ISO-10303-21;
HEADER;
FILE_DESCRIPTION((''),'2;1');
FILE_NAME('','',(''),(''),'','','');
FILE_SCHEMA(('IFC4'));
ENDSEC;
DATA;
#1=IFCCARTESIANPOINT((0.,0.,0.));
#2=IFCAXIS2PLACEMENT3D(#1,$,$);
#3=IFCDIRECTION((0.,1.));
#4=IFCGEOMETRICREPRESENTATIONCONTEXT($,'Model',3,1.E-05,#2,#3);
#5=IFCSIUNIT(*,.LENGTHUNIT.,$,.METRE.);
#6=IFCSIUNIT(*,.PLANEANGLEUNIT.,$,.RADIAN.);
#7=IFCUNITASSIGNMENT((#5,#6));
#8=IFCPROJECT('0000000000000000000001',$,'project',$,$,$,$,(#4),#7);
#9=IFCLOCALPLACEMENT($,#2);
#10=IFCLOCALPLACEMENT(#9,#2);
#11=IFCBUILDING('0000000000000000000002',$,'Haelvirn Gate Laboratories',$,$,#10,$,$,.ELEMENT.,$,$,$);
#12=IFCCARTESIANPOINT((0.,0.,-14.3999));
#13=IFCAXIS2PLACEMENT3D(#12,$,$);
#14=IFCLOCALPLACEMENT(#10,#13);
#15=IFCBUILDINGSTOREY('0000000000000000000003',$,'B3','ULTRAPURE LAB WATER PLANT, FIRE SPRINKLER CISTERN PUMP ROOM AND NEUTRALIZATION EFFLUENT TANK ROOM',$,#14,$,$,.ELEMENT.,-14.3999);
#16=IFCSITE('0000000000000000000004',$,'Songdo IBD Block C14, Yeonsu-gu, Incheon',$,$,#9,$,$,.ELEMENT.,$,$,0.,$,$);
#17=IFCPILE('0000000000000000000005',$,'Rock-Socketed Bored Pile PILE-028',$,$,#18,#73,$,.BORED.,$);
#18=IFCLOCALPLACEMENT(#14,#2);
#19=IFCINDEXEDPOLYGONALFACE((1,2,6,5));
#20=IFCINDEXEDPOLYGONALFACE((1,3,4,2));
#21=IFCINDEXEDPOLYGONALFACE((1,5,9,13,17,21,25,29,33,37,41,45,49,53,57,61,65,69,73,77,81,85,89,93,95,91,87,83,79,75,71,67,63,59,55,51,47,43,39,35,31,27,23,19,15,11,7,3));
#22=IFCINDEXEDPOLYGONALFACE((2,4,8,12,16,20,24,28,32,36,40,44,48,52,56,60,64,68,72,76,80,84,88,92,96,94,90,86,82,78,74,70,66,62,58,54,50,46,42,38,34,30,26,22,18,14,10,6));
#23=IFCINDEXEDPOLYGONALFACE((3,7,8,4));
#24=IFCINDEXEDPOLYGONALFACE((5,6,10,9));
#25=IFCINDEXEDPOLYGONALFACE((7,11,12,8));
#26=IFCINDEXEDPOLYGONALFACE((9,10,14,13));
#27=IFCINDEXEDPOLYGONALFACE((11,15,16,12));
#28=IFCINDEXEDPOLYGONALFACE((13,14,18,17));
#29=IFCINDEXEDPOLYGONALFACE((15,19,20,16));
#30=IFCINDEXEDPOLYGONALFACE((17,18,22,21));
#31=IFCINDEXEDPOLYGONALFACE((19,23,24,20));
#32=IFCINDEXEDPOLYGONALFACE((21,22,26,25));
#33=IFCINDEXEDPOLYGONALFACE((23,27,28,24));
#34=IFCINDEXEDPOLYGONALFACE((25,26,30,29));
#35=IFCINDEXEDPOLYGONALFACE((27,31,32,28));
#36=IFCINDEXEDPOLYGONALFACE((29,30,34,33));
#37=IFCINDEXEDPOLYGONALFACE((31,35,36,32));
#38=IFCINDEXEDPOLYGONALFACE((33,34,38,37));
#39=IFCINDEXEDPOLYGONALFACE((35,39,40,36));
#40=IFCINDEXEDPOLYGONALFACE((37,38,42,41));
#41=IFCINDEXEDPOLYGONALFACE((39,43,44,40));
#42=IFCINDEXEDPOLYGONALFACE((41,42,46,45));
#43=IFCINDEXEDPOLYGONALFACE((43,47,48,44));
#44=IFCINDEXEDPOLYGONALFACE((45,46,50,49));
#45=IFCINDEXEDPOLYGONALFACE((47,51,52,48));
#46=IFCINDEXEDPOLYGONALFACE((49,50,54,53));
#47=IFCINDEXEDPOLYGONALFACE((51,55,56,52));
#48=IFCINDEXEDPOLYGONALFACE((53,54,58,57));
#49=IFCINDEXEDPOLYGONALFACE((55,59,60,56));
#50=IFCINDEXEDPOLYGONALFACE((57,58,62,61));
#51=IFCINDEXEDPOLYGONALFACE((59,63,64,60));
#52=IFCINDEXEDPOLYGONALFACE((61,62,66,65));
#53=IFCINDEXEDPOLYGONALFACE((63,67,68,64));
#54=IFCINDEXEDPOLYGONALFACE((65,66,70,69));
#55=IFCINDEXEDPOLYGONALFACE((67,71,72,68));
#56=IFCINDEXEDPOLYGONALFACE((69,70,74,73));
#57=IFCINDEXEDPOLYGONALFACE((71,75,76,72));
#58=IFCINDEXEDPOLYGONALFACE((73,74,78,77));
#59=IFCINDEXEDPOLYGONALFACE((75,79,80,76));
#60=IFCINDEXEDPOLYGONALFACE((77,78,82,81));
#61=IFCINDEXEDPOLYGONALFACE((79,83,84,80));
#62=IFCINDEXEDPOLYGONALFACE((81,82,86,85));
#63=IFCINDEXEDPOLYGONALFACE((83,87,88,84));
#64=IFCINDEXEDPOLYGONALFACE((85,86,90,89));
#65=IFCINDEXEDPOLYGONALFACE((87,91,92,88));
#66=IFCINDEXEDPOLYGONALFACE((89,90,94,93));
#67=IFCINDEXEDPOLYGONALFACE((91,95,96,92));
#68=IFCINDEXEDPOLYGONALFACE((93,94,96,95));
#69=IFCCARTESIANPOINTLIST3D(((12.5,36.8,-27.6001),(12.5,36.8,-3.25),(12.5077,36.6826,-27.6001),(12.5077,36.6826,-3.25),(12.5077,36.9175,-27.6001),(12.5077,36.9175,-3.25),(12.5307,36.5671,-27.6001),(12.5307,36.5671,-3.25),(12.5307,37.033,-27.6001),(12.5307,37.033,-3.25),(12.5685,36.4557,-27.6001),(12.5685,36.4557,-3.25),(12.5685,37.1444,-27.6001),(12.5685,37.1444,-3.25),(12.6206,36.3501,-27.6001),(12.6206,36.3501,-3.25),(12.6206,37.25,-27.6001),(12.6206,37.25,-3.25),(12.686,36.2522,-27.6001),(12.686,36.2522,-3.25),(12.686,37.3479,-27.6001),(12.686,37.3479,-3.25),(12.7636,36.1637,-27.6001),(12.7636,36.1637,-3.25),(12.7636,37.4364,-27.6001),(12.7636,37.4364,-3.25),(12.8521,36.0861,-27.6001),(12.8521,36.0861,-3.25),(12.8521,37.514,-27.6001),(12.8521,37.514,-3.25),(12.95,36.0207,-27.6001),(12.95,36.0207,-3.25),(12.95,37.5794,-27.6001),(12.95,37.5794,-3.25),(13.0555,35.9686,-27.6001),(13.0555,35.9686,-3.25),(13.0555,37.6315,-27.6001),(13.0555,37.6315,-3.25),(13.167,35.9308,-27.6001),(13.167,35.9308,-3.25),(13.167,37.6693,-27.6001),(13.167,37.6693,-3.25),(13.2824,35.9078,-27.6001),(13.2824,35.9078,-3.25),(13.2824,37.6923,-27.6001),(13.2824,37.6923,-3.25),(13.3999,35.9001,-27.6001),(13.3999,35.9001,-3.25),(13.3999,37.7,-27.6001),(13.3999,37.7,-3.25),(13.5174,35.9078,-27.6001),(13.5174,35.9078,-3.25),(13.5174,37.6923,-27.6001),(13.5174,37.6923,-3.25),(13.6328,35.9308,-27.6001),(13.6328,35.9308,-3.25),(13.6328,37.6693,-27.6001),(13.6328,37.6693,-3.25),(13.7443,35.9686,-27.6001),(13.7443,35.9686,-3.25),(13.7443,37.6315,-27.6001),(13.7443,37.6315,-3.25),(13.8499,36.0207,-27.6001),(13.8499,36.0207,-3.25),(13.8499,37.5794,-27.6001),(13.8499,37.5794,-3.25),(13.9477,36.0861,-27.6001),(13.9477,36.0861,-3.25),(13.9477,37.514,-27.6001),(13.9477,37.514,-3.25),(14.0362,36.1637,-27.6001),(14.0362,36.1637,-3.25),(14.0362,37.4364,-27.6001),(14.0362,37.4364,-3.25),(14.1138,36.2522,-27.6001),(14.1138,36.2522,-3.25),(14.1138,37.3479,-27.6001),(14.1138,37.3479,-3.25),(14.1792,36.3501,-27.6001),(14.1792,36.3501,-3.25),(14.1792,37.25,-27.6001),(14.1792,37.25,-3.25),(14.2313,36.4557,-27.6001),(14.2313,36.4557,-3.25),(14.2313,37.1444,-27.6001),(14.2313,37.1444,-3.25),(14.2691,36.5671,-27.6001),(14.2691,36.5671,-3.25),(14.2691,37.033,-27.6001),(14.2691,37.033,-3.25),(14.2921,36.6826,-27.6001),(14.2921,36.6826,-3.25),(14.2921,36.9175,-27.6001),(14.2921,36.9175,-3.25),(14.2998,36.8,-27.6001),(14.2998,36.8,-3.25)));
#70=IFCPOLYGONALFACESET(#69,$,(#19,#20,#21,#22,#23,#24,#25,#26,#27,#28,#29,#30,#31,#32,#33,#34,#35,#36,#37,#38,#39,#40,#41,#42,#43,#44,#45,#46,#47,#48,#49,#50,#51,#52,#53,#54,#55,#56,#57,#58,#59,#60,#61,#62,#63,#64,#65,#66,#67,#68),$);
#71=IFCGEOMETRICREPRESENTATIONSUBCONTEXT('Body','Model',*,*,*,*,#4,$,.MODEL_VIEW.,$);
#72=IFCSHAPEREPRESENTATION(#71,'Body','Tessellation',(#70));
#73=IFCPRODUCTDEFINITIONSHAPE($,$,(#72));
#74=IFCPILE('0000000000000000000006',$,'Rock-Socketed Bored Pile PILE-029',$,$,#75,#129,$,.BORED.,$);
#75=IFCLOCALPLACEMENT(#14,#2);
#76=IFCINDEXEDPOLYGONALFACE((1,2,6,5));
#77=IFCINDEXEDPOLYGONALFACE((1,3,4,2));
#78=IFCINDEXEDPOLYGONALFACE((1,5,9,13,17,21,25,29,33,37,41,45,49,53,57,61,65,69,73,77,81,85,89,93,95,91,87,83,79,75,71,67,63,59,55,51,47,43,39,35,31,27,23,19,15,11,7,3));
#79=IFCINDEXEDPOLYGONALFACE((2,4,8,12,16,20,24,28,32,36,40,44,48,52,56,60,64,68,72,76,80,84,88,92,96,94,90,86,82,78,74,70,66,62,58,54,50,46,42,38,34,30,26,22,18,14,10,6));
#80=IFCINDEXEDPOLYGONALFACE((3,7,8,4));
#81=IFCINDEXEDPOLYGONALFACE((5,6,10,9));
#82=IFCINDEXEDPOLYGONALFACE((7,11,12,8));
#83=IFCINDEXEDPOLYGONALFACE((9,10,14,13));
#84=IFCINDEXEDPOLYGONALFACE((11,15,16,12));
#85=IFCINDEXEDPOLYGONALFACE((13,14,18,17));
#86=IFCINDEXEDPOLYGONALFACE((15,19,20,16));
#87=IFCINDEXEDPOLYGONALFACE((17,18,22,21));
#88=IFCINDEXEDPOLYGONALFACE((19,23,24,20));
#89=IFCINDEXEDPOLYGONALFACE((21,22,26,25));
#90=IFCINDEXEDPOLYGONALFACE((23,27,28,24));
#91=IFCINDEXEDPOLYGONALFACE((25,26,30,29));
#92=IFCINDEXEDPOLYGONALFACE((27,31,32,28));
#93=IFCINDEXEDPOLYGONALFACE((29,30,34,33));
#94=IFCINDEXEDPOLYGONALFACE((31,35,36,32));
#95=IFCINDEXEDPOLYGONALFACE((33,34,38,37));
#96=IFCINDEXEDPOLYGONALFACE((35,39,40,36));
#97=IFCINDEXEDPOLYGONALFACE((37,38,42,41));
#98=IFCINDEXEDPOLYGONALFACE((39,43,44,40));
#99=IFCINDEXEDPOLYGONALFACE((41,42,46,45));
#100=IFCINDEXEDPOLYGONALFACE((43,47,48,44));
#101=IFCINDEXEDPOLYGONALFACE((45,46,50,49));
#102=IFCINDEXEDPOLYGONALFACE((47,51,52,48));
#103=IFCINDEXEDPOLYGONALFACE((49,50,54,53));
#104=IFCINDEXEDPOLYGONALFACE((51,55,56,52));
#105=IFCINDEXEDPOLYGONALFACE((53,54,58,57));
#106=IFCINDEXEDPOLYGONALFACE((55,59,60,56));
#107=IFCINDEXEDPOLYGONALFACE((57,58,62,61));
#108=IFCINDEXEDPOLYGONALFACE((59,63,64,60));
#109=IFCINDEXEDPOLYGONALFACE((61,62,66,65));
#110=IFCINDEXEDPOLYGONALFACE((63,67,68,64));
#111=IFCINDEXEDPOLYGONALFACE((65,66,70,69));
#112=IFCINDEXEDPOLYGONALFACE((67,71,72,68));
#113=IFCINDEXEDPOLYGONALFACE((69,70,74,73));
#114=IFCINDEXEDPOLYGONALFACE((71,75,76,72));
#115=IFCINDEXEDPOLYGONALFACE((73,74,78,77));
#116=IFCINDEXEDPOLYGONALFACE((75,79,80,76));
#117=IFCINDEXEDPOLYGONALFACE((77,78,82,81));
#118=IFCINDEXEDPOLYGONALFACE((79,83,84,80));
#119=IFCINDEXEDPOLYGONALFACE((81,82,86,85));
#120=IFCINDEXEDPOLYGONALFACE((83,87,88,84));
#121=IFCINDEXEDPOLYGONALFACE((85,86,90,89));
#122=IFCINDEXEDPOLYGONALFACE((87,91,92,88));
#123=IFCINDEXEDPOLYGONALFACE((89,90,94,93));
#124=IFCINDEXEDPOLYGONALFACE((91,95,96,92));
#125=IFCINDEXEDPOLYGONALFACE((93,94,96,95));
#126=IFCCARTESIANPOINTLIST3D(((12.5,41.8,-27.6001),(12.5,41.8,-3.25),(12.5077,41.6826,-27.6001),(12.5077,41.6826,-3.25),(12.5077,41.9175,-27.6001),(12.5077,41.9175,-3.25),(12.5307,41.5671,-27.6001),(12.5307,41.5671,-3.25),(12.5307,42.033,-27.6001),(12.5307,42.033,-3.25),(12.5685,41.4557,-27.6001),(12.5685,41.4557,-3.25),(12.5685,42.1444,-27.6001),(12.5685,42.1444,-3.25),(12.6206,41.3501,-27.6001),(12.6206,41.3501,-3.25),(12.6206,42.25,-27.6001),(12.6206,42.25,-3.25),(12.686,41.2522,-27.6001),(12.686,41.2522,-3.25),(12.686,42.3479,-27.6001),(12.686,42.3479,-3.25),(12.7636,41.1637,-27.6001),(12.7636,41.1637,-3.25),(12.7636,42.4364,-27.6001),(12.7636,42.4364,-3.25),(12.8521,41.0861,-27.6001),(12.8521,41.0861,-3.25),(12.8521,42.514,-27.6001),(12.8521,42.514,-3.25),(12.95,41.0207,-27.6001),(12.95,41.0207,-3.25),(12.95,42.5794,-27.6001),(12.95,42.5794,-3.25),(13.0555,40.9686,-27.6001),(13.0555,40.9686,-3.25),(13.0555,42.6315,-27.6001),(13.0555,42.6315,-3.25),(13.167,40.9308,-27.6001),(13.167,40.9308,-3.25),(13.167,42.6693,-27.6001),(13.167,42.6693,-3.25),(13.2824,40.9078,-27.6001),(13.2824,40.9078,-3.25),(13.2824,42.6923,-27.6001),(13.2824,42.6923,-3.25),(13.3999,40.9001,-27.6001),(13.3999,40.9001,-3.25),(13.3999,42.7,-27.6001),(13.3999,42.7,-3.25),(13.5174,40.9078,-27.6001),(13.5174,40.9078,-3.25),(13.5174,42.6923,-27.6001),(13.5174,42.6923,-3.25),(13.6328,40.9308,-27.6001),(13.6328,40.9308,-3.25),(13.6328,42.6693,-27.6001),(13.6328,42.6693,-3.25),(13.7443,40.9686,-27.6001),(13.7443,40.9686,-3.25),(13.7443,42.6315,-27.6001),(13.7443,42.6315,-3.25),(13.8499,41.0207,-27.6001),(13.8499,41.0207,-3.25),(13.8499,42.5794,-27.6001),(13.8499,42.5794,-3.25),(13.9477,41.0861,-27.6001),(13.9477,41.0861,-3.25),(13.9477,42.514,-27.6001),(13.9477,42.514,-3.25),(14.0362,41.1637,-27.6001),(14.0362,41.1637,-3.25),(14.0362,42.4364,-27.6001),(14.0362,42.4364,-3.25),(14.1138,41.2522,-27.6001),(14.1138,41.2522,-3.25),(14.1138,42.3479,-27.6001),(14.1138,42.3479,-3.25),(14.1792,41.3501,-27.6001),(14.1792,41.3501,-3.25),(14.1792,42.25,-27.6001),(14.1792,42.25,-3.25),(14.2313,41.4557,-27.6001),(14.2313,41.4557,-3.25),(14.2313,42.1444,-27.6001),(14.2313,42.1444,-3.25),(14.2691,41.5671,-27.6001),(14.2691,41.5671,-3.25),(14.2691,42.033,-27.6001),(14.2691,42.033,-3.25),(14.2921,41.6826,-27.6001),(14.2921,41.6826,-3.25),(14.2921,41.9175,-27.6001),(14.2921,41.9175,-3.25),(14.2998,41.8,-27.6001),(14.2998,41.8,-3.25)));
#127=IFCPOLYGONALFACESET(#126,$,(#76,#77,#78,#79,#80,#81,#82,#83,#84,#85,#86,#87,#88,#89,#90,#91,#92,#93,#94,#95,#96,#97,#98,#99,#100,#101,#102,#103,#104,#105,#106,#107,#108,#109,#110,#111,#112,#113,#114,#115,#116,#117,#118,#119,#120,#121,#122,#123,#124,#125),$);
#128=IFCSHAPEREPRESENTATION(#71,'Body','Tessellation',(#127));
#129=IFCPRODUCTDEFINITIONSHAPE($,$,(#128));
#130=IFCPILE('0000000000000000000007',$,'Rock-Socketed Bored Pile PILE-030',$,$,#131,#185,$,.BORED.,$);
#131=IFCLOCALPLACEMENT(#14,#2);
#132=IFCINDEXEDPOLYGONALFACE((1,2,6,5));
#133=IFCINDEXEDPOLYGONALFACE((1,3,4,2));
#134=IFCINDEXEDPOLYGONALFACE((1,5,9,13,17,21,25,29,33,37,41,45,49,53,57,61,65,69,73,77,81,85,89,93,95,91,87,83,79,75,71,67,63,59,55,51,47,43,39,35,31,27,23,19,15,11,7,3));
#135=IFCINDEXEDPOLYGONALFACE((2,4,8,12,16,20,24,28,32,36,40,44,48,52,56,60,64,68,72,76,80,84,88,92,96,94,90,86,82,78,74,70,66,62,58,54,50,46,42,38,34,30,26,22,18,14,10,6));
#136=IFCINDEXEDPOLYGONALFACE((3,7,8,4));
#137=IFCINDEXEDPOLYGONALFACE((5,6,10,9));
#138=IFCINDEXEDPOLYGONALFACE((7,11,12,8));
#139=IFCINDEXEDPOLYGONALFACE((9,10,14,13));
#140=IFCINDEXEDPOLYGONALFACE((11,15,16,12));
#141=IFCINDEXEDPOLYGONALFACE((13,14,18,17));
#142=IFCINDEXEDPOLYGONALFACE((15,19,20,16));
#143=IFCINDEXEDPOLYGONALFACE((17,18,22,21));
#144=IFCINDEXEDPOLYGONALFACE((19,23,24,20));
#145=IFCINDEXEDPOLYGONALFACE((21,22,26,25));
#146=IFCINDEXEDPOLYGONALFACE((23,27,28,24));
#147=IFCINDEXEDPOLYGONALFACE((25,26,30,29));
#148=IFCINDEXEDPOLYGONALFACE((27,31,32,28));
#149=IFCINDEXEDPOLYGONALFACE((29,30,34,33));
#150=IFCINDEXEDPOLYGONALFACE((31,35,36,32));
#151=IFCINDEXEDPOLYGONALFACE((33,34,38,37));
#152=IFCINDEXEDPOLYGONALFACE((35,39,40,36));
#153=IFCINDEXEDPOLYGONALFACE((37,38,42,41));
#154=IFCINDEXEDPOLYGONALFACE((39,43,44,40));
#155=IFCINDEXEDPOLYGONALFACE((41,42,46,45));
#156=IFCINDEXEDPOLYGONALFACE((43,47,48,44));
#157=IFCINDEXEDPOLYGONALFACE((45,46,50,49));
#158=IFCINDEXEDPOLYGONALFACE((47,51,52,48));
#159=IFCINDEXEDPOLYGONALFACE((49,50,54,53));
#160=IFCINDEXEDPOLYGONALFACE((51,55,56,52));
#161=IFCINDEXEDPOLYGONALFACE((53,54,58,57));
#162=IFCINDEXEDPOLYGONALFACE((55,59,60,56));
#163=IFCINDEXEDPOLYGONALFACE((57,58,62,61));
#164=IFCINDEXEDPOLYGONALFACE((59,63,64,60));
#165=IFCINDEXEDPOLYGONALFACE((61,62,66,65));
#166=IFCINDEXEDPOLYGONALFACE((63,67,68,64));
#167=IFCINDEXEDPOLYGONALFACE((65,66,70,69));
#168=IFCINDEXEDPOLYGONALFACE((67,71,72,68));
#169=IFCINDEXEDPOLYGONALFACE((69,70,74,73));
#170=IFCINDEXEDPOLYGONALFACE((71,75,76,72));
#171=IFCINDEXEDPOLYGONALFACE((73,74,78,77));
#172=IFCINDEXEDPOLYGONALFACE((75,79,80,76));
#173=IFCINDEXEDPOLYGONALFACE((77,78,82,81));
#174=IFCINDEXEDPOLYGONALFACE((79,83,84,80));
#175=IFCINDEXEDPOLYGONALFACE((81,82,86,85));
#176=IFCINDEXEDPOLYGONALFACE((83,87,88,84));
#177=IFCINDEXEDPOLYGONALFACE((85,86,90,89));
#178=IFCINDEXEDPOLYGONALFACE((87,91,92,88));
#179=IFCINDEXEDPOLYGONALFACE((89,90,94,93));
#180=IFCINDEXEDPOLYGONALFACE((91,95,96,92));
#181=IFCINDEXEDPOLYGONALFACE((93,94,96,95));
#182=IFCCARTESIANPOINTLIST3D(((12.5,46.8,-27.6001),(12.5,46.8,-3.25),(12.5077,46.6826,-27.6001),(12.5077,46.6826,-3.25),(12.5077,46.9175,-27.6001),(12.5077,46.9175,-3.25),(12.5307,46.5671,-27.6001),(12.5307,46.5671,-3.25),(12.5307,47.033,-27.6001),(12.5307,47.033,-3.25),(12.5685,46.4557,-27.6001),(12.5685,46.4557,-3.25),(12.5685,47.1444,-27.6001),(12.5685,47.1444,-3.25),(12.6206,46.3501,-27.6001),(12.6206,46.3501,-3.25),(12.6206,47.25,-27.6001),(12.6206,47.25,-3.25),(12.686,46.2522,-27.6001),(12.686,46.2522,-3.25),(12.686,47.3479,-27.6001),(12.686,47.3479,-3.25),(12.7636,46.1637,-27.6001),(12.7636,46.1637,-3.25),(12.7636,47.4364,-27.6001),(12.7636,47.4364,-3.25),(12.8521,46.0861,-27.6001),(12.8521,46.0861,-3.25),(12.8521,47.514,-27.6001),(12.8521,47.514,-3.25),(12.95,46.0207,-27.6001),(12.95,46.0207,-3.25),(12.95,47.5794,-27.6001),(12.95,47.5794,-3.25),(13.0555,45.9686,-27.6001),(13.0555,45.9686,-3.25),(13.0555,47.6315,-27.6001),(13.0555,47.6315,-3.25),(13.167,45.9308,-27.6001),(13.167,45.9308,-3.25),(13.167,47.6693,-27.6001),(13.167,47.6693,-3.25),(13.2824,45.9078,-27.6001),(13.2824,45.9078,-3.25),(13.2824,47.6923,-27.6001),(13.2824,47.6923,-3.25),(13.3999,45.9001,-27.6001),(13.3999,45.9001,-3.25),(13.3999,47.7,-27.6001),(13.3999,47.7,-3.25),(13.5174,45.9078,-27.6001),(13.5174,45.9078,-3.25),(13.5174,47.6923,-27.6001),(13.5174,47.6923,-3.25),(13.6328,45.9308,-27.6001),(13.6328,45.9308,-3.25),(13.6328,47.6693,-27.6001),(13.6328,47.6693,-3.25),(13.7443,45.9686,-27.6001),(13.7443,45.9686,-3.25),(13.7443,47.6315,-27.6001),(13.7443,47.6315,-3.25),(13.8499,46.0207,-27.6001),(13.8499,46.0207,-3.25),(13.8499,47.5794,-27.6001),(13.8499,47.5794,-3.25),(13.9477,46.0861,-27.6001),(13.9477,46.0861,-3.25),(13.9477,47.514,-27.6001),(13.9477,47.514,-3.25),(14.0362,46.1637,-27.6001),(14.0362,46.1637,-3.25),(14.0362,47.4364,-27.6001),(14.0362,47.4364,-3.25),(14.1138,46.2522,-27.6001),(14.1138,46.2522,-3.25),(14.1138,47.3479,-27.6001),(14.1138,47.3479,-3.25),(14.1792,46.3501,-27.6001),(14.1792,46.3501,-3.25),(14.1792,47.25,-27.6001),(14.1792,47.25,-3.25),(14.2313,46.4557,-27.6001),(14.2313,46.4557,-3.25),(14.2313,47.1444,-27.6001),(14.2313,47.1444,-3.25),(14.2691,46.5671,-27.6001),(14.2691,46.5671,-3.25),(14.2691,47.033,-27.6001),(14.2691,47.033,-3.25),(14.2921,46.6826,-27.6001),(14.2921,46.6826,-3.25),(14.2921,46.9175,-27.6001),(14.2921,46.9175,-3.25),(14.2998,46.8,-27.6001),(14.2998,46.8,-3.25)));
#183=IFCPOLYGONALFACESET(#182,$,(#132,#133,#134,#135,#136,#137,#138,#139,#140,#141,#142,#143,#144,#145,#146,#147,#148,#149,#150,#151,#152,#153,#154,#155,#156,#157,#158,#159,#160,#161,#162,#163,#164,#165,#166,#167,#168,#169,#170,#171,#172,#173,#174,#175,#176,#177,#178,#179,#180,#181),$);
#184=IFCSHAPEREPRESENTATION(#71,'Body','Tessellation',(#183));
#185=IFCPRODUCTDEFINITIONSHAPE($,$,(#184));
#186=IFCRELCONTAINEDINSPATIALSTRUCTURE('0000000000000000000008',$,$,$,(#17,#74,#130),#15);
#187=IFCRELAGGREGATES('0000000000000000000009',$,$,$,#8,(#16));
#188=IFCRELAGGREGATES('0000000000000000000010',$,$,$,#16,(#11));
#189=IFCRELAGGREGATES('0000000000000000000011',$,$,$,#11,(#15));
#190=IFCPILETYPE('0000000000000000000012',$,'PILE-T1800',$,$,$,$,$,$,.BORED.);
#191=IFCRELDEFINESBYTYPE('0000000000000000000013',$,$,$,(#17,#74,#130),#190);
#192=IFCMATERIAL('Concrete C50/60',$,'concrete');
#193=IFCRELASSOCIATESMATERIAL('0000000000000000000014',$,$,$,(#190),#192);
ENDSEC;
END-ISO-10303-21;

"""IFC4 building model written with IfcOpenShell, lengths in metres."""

from ifc_helpers import new_model, si_unit, direction, frame, origin, origin_2d, place, context, subcontext, project, spatial, circle, extrude, source, transform, mapped, material, material_profile, profile_set, type_object, element, save


model = new_model("IFC4")

# Units and contexts
model_context = context("Model", 3, precision=1e-05, world=origin(), true_north=direction((0.0, 1.0)))
body_context = subcontext(model_context, "Body", "Model", "MODEL_VIEW")
ifc_project = project(units=[si_unit("LENGTHUNIT", "METRE"), si_unit("PLANEANGLEUNIT", "RADIAN")], contexts=[model_context])

# Site, building, storey
site_placement = place(None, origin())
site = spatial("IfcSite", under=ifc_project, at=site_placement, Name="Songdo IBD Block C14, Yeonsu-gu, Incheon", CompositionType="ELEMENT", RefElevation=0.0)
building_placement = place(site_placement, origin())
building = spatial("IfcBuilding", under=site, at=building_placement, Name="Haelvirn Gate Laboratories", CompositionType="ELEMENT")
storey_placement = place(building_placement, frame((0.0, 0.0, -14.3999)))
storey = spatial("IfcBuildingStorey", under=building, at=storey_placement, Name="B3", Description="ULTRAPURE LAB WATER PLANT, FIRE SPRINKLER CISTERN PUMP ROOM AND NEUTRALIZATION EFFLUENT TANK ROOM", CompositionType="ELEMENT", Elevation=-14.3999)

# Piles
ifc_material_1 = material(Name="Concrete C50/60", Category="concrete")
ifc_material_profile_1 = material_profile(ifc_material_1, circle(Radius=0.8999, at=origin_2d()), Name="PILE-D1800")
ifc_profile_set_1 = profile_set([ifc_material_profile_1], Name="Concrete C50/60")
pile_type = type_object("IfcPileType", Name="PILE-T1800", PredefinedType="BORED", material=ifc_profile_set_1)
shared_shape_1 = source(origin(), body_context, "Body", "SweptSolid", [
    extrude(circle(Radius=0.8999, at=origin_2d()), origin(), (0.0, 0.0, 1.0), 24.3501),
])
for number, where, z_axis, x_axis, name in (
    (1, (13.3999, 36.8, -3.25), (0.0, 0.0, -1.0), (1.0, 0.0, 0.0), "Rock-Socketed Bored Pile PILE-028"),
    (2, (13.3999, 41.8, -3.25), (0.0, 0.0, -1.0), (1.0, 0.0, 0.0), "Rock-Socketed Bored Pile PILE-029"),
    (3, (13.3999, 46.8, -3.25), (0.0, 0.0, -1.0), (1.0, 0.0, 0.0), "Rock-Socketed Bored Pile PILE-030"),
):
    element("IfcPile", number, at=place(storey_placement, frame(where, z_axis=z_axis, x_axis=x_axis)), inside=storey, type_object=pile_type, Name=name, PredefinedType="BORED", context=body_context, shape_type="MappedRepresentation", body=[
        mapped(shared_shape_1, transform((0.0, 0.0, 0.0), scale=1.0)),
    ])

save(model, "model.ifc")
